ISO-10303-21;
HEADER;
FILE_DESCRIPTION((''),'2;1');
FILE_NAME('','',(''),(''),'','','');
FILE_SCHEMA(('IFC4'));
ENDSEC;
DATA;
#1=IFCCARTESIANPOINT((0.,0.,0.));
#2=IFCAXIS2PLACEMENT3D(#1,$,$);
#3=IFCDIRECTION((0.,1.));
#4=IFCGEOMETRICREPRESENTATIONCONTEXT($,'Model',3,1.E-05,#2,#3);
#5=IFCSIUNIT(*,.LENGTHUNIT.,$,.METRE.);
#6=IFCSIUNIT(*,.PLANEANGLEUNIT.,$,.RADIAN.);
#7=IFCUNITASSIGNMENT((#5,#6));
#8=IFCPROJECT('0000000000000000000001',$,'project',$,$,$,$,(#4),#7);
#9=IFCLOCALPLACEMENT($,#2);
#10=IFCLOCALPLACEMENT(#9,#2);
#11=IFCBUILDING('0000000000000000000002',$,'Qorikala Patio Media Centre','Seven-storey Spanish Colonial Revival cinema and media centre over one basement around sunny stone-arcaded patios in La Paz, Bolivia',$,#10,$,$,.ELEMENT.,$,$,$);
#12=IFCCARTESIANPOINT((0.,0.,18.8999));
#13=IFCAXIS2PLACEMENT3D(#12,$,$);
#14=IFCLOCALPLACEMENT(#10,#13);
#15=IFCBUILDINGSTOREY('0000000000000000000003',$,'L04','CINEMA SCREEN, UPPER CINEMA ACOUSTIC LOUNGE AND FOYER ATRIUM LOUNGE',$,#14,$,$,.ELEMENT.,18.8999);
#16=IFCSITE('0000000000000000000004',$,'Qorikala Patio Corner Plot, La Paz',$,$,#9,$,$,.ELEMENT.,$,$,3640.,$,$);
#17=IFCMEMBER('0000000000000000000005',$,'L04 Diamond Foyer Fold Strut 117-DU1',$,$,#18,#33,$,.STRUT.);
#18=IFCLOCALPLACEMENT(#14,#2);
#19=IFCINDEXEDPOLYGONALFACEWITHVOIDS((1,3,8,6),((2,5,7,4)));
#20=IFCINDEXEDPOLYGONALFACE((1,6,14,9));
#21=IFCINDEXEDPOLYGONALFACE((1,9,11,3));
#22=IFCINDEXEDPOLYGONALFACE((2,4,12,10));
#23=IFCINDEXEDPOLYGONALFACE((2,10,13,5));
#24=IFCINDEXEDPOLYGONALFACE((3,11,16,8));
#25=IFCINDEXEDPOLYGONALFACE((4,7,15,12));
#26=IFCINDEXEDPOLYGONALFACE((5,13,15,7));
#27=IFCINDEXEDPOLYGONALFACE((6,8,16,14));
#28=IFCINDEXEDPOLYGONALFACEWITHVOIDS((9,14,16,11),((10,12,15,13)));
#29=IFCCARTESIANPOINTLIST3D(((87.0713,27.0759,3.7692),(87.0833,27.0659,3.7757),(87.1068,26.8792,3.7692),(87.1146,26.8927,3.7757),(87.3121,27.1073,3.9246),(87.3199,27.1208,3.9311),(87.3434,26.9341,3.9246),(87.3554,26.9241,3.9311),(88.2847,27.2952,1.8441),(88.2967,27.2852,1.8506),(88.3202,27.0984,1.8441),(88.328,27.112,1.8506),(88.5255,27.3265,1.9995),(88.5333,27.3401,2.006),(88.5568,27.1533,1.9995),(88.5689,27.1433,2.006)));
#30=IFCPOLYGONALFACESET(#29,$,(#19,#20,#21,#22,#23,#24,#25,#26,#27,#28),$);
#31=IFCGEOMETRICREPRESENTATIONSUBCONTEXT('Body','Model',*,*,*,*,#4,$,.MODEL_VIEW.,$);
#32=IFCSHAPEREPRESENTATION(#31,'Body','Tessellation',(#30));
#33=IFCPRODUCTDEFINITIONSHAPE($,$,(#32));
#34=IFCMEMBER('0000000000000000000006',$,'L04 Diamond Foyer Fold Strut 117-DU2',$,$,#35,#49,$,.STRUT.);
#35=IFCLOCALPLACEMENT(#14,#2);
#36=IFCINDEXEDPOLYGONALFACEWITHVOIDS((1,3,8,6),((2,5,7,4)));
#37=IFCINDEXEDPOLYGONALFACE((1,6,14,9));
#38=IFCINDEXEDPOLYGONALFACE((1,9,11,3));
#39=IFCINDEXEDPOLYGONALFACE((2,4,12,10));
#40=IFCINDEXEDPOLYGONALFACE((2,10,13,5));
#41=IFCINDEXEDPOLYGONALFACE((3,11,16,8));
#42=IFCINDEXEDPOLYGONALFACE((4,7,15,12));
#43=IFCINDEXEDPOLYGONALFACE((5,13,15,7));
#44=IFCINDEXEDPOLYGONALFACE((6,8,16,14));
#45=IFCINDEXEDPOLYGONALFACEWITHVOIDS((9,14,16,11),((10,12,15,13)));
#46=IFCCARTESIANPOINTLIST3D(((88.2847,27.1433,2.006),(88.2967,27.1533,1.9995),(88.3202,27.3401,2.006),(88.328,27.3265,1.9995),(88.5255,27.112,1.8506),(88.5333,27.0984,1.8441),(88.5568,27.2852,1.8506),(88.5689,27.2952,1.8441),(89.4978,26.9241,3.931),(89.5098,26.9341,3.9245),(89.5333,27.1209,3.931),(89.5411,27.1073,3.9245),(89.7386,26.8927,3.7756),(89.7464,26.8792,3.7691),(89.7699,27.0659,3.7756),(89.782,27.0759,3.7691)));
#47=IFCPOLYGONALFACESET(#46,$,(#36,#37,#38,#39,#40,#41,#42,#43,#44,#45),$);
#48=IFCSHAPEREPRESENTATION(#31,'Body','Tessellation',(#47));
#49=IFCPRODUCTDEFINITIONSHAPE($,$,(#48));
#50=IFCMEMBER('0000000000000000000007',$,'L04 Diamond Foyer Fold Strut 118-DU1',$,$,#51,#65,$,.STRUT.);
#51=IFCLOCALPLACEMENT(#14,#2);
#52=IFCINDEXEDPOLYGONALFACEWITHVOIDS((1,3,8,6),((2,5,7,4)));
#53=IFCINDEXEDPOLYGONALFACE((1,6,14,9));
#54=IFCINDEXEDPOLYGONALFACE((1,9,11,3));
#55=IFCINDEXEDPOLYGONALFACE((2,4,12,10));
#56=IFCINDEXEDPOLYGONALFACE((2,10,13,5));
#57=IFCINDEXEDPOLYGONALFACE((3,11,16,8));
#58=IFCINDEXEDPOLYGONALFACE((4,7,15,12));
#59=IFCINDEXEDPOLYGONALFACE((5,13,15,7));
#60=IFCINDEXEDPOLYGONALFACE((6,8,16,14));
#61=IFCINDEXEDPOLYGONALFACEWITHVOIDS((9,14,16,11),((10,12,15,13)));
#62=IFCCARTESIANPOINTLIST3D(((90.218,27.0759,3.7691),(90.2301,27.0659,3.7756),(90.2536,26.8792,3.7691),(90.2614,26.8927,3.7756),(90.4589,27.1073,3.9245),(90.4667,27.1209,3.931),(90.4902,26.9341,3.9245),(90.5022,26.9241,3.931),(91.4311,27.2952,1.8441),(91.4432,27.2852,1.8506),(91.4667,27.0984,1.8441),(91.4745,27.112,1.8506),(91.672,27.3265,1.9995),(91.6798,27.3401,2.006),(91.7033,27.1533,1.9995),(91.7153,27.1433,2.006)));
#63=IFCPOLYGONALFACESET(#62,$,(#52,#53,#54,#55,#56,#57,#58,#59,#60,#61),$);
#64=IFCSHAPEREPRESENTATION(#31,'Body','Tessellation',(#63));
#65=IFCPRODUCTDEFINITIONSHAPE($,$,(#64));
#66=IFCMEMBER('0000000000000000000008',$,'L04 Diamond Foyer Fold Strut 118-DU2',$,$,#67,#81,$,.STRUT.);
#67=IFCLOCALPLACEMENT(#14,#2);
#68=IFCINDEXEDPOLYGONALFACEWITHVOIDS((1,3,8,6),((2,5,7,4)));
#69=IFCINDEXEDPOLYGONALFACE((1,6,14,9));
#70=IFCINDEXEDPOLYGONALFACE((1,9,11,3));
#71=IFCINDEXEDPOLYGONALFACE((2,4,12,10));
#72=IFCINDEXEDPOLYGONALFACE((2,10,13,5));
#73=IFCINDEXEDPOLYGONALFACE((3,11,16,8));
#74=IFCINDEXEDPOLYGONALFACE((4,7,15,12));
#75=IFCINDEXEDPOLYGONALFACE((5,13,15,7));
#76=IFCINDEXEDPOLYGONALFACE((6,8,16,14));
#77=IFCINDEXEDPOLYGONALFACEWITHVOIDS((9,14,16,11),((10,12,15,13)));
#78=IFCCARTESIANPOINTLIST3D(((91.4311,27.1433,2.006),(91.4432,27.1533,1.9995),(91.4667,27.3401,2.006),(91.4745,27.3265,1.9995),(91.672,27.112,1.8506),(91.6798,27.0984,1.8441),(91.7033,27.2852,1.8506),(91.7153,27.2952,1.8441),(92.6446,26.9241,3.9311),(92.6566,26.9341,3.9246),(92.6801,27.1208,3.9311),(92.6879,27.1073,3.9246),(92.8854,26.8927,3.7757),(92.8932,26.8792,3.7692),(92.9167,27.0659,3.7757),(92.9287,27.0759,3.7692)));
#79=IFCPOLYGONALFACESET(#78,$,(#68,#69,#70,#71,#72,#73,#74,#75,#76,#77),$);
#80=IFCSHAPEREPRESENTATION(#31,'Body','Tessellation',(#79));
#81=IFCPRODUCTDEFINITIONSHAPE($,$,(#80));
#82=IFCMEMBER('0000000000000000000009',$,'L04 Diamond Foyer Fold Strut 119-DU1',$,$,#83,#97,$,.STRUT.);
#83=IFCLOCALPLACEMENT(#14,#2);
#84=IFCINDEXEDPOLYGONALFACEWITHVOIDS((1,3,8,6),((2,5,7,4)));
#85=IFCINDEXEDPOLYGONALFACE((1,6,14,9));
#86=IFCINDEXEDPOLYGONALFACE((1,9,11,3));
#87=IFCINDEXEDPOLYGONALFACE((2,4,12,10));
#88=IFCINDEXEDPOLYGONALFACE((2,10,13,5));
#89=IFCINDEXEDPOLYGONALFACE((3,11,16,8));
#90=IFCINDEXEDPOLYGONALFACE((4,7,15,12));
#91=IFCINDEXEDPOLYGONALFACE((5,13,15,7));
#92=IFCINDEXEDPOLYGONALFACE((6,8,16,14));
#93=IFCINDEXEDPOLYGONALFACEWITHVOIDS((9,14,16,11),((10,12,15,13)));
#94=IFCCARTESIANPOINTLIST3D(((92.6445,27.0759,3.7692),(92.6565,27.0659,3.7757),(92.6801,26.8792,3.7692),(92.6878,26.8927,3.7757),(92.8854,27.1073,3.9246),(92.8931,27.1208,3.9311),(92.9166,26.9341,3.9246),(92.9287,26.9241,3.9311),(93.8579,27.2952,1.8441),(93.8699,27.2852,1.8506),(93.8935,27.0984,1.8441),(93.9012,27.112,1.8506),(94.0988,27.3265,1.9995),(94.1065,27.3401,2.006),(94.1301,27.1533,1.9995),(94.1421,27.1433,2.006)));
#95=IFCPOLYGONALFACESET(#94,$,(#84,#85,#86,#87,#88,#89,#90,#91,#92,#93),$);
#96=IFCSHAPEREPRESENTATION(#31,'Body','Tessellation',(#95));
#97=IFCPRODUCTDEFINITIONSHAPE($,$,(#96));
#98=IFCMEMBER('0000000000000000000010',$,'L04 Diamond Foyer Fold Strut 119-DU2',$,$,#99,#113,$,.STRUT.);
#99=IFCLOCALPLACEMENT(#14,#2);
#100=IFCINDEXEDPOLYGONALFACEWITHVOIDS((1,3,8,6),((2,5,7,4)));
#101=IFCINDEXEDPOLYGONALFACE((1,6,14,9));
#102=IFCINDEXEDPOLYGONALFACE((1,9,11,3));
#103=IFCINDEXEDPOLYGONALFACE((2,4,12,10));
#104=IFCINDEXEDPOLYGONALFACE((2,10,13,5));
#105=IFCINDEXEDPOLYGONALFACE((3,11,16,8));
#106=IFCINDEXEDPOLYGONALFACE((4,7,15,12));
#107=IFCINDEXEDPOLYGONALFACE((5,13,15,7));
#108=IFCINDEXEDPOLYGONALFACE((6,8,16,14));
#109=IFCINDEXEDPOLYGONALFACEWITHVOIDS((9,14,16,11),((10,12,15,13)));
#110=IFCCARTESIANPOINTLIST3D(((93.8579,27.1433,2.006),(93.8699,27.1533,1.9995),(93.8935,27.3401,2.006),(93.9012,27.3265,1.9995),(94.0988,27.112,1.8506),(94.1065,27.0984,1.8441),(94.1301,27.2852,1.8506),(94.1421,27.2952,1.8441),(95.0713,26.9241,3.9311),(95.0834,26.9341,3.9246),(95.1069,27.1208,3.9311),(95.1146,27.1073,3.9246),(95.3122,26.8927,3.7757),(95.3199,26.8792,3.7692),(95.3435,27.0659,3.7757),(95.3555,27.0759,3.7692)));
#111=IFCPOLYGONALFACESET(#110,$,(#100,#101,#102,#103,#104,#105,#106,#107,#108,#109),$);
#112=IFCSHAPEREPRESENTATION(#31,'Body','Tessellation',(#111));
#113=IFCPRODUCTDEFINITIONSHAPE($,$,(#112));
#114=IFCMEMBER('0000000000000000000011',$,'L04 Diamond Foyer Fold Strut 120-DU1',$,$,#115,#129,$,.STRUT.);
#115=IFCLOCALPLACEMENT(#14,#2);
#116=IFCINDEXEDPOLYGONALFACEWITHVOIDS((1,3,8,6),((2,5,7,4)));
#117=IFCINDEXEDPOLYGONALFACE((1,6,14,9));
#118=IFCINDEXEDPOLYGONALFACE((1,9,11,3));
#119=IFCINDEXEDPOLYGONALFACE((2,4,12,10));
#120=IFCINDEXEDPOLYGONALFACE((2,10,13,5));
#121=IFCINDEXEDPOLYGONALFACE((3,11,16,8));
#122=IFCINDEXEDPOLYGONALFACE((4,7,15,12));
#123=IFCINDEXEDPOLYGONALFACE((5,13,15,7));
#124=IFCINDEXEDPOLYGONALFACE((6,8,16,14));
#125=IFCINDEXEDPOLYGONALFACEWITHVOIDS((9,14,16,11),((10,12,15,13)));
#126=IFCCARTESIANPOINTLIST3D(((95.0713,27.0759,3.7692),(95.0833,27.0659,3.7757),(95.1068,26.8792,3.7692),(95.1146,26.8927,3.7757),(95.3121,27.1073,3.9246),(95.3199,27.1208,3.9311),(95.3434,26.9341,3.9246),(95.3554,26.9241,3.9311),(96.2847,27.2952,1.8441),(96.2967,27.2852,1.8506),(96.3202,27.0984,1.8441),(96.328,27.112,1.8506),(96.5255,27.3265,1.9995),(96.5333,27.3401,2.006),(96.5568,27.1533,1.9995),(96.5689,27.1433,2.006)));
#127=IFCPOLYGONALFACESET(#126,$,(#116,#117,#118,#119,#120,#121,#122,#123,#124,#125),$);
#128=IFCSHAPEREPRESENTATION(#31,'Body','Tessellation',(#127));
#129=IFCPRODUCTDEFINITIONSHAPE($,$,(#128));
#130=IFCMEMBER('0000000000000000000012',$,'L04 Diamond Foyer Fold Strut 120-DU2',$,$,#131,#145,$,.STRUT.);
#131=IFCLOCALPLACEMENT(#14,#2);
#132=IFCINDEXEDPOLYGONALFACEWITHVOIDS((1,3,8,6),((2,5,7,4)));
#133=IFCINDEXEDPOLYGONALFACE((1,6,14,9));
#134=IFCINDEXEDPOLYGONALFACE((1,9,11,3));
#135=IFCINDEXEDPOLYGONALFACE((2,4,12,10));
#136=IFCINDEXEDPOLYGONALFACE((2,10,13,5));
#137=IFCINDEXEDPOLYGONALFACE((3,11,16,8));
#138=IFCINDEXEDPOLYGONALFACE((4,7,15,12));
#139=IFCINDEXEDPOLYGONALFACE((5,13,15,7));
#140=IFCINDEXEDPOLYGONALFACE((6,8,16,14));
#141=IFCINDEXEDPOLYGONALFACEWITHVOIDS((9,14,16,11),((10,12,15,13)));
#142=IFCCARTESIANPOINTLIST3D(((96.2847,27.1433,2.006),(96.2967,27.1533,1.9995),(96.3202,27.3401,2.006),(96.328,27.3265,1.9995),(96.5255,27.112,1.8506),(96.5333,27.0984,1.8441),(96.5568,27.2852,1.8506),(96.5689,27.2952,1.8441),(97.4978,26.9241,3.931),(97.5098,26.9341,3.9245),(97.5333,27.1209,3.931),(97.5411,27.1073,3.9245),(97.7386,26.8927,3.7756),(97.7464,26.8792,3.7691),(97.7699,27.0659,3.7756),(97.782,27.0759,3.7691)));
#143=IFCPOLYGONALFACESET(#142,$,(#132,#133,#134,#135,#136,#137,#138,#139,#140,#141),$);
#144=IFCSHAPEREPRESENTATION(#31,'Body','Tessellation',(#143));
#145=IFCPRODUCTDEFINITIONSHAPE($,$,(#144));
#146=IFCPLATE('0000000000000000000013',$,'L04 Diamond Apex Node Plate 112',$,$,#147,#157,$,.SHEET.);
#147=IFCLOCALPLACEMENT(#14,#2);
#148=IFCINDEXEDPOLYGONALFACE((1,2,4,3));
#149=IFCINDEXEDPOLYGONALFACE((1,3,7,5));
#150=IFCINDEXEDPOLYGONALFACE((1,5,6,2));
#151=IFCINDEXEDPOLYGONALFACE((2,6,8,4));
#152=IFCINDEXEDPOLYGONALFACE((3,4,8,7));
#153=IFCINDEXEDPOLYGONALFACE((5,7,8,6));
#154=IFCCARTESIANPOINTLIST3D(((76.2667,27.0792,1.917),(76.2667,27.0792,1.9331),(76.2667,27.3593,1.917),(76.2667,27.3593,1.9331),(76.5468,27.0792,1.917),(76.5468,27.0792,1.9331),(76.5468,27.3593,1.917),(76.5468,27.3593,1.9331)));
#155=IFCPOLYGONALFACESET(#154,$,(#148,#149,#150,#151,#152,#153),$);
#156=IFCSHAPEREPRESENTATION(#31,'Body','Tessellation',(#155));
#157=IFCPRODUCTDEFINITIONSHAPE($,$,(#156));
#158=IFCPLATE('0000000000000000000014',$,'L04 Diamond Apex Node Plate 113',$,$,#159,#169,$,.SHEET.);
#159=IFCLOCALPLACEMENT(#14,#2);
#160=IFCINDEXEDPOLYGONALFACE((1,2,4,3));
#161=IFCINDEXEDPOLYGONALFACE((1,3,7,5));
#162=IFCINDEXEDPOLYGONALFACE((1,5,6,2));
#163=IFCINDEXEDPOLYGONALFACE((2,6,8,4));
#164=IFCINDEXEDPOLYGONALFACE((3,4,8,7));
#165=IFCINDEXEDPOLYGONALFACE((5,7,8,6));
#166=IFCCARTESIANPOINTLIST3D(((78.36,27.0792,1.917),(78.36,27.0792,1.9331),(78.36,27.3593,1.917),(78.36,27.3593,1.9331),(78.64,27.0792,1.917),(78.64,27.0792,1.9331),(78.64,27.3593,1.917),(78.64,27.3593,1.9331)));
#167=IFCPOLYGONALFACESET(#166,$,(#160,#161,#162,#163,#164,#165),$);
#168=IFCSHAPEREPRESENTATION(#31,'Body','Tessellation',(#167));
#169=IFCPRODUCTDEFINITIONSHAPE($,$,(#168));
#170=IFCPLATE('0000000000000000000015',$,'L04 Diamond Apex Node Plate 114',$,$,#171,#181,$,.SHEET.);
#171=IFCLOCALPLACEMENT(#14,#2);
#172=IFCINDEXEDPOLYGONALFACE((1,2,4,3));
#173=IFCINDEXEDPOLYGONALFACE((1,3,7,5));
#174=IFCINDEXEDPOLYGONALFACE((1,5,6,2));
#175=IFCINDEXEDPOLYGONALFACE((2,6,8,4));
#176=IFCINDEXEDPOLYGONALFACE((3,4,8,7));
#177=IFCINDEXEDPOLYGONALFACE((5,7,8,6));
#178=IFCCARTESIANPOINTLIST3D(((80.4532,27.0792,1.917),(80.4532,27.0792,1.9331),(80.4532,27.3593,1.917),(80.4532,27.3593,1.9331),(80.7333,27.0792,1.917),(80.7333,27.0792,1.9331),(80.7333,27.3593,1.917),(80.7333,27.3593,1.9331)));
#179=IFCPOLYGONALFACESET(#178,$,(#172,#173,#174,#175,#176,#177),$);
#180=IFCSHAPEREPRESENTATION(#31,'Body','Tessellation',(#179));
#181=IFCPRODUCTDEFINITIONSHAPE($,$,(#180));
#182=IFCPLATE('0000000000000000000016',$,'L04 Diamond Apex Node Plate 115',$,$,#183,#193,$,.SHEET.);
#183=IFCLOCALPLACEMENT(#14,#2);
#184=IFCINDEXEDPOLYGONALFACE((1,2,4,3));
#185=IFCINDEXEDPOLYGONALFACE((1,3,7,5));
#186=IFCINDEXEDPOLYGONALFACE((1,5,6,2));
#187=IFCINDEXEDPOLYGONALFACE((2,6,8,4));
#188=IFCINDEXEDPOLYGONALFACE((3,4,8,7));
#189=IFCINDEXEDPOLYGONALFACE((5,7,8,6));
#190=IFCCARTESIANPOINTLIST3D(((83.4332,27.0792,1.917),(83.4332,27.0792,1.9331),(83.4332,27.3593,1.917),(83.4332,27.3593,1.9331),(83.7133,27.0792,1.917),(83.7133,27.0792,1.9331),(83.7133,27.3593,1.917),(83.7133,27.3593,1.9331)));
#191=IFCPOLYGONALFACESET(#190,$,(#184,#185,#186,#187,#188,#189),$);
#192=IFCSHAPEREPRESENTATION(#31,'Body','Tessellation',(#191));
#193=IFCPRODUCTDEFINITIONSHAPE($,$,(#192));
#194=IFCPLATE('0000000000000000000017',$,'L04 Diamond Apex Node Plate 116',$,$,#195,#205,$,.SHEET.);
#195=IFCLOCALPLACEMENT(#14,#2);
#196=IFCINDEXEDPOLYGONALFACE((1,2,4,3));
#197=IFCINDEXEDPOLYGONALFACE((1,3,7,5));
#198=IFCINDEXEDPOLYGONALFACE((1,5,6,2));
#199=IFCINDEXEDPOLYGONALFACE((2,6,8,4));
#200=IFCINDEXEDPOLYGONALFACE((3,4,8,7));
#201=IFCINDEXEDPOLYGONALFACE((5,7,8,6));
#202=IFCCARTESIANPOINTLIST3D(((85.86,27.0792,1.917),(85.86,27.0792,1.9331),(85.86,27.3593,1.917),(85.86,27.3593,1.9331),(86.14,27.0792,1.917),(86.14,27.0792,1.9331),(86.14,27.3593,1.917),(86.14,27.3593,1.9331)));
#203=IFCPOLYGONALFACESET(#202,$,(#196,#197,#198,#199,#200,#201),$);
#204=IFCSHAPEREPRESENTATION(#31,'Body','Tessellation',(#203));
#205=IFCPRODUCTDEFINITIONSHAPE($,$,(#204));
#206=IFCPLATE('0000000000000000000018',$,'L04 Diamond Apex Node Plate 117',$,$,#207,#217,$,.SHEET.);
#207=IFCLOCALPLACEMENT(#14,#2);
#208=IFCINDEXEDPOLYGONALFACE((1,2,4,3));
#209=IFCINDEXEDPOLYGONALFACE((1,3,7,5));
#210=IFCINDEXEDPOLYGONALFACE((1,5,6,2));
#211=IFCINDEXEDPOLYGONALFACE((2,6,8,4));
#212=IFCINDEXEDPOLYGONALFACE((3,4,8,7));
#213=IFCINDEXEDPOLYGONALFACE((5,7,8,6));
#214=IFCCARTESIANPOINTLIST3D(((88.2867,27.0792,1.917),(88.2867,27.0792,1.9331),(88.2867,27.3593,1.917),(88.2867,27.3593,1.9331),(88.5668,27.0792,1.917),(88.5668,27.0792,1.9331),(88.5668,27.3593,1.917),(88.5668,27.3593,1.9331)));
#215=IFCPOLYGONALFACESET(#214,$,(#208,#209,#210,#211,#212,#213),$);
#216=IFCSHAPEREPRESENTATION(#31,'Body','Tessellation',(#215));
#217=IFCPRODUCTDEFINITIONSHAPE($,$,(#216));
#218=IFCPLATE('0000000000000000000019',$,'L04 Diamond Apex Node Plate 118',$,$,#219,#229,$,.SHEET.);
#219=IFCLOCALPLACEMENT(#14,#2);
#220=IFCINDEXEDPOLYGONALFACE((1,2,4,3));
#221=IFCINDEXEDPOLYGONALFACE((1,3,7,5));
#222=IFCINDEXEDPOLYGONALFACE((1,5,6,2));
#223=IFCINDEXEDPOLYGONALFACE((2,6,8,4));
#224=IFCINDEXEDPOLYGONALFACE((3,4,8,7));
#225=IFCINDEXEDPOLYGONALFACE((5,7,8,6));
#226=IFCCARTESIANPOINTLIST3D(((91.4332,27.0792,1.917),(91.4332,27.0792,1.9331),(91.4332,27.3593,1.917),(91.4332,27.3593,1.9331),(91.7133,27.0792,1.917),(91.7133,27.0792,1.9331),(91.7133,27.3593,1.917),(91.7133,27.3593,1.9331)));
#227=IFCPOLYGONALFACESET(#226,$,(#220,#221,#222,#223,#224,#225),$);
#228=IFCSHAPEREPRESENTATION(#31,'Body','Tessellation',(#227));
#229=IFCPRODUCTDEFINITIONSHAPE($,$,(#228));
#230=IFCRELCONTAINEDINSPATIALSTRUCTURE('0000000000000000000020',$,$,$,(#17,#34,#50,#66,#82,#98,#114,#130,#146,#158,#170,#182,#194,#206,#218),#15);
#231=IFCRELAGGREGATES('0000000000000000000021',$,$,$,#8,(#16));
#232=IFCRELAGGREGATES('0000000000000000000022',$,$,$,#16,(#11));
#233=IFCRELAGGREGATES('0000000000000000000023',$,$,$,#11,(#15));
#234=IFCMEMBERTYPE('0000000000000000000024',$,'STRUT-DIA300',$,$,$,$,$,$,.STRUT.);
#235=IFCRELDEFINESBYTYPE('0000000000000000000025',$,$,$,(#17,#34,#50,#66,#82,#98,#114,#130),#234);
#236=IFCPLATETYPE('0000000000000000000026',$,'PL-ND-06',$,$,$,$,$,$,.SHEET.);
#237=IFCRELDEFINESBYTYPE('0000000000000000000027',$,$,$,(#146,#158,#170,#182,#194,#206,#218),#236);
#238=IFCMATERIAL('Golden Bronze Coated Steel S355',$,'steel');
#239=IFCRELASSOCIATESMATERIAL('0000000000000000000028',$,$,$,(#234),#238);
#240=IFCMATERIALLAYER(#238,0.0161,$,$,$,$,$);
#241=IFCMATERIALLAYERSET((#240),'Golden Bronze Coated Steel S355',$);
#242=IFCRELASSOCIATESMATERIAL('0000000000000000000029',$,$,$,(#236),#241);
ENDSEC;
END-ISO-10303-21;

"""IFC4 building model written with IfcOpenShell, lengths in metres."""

from ifc_helpers import new_model, si_unit, direction, frame, origin, origin_2d, place, context, subcontext, project, spatial, rectangle, hollow_rectangle, extrude, material, layer, layer_set, material_profile, profile_set, type_object, element, save


model = new_model("IFC4")

# Units and contexts
model_context = context("Model", 3, precision=1e-05, world=origin(), true_north=direction((0.0, 1.0)))
body_context = subcontext(model_context, "Body", "Model", "MODEL_VIEW")
ifc_project = project(units=[si_unit("LENGTHUNIT", "METRE"), si_unit("PLANEANGLEUNIT", "RADIAN")], contexts=[model_context])

# Site, building, storey
site_placement = place(None, origin())
site = spatial("IfcSite", under=ifc_project, at=site_placement, Name="Qorikala Patio Corner Plot, La Paz", CompositionType="ELEMENT", RefElevation=3640.0)
building_placement = place(site_placement, origin())
building = spatial("IfcBuilding", under=site, at=building_placement, Name="Qorikala Patio Media Centre", Description="Seven-storey Spanish Colonial Revival cinema and media centre over one basement around sunny stone-arcaded patios in La Paz, Bolivia", CompositionType="ELEMENT")
storey_placement = place(building_placement, frame((0.0, 0.0, 18.8999)))
storey = spatial("IfcBuildingStorey", under=building, at=storey_placement, Name="L04", Description="CINEMA SCREEN, UPPER CINEMA ACOUSTIC LOUNGE AND FOYER ATRIUM LOUNGE", CompositionType="ELEMENT", Elevation=18.8999)

# Members
ifc_material_1 = material(Name="Golden Bronze Coated Steel S355", Category="steel")
ifc_material_profile_1 = material_profile(ifc_material_1, hollow_rectangle(XDim=0.2, YDim=0.3, WallThickness=0.012, at=origin_2d()), Name="HSS300X200X12")
ifc_profile_set_1 = profile_set([ifc_material_profile_1], Name="Golden Bronze Coated Steel S355")
member_type = type_object("IfcMemberType", Name="STRUT-DIA300", PredefinedType="STRUT", material=ifc_profile_set_1)
for number, where, z_axis, x_axis, name in (
    (1, (88.4268, 27.2192, 1.925), (-0.530768, -0.095901, 0.842074), (0.177805, -0.984066, 0.0), "L04 Diamond Foyer Fold Strut 117-DU1"),
):
    element("IfcMember", number, at=place(storey_placement, frame(where, z_axis=z_axis, x_axis=x_axis)), inside=storey, type_object=member_type, Name=name, PredefinedType="STRUT", context=body_context, shape_type="SweptSolid", body=[
        extrude(hollow_rectangle(XDim=0.2, YDim=0.3, WallThickness=0.012, at=origin_2d()), origin(), (0.0, 0.0, 1.0), 2.2861),
    ])
for number, where, z_axis, x_axis, name in (
    (2, (88.4268, 27.2192, 1.925), (0.530691, -0.095907, 0.842121), (0.17784, 0.984059, 0.0), "L04 Diamond Foyer Fold Strut 117-DU2"),
    (3, (91.5732, 27.2192, 1.925), (-0.530691, -0.095907, 0.842121), (0.17784, -0.984059, 0.0), "L04 Diamond Foyer Fold Strut 118-DU1"),
):
    element("IfcMember", number, at=place(storey_placement, frame(where, z_axis=z_axis, x_axis=x_axis)), inside=storey, type_object=member_type, Name=name, PredefinedType="STRUT", context=body_context, shape_type="SweptSolid", body=[
        extrude(hollow_rectangle(XDim=0.2, YDim=0.3, WallThickness=0.012, at=origin_2d()), origin(), (0.0, 0.0, 1.0), 2.2859),
    ])
for number, where, z_axis, x_axis, name in (
    (4, (91.5732, 27.2192, 1.925), (0.530768, -0.095901, 0.842074), (0.177805, 0.984066, 0.0), "L04 Diamond Foyer Fold Strut 118-DU2"),
    (5, (94.0, 27.2192, 1.925), (-0.530768, -0.095901, 0.842074), (0.177805, -0.984066, 0.0), "L04 Diamond Foyer Fold Strut 119-DU1"),
    (6, (94.0, 27.2192, 1.925), (0.530768, -0.095901, 0.842074), (0.177805, 0.984066, 0.0), "L04 Diamond Foyer Fold Strut 119-DU2"),
    (7, (96.4268, 27.2192, 1.925), (-0.530768, -0.095901, 0.842074), (0.177805, -0.984066, 0.0), "L04 Diamond Foyer Fold Strut 120-DU1"),
):
    element("IfcMember", number, at=place(storey_placement, frame(where, z_axis=z_axis, x_axis=x_axis)), inside=storey, type_object=member_type, Name=name, PredefinedType="STRUT", context=body_context, shape_type="SweptSolid", body=[
        extrude(hollow_rectangle(XDim=0.2, YDim=0.3, WallThickness=0.012, at=origin_2d()), origin(), (0.0, 0.0, 1.0), 2.2861),
    ])
member_1_placement = place(storey_placement, frame((96.4268, 27.2192, 1.925), z_axis=(0.530691, -0.095907, 0.842121), x_axis=(0.17784, 0.984059, 0.0)))
element("IfcMember", 8, at=member_1_placement, inside=storey, type_object=member_type, Name="L04 Diamond Foyer Fold Strut 120-DU2", PredefinedType="STRUT", context=body_context, shape_type="SweptSolid", body=[
    extrude(hollow_rectangle(XDim=0.2, YDim=0.3, WallThickness=0.012, at=origin_2d()), origin(), (0.0, 0.0, 1.0), 2.2859),
])

# Plates
ifc_layer = layer(ifc_material_1, 0.0161)
ifc_layer_set = layer_set([ifc_layer], Name="Golden Bronze Coated Steel S355")
plate_type = type_object("IfcPlateType", Name="PL-ND-06", PredefinedType="SHEET", material=ifc_layer_set)
for number, where, z_axis, x_axis, name in (
    (9, (76.4067, 27.2192, 1.917), (0.0, 0.0, 1.0), (1.0, 0.0, 0.0), "L04 Diamond Apex Node Plate 112"),
    (10, (78.5, 27.2192, 1.917), (0.0, 0.0, 1.0), (1.0, 0.0, 0.0), "L04 Diamond Apex Node Plate 113"),
    (11, (80.5933, 27.2192, 1.917), (0.0, 0.0, 1.0), (1.0, 0.0, 0.0), "L04 Diamond Apex Node Plate 114"),
    (12, (83.5732, 27.2192, 1.917), (0.0, 0.0, 1.0), (1.0, 0.0, 0.0), "L04 Diamond Apex Node Plate 115"),
    (13, (86.0, 27.2192, 1.917), (0.0, 0.0, 1.0), (1.0, 0.0, 0.0), "L04 Diamond Apex Node Plate 116"),
    (14, (88.4268, 27.2192, 1.917), (0.0, 0.0, 1.0), (1.0, 0.0, 0.0), "L04 Diamond Apex Node Plate 117"),
    (15, (91.5732, 27.2192, 1.917), (0.0, 0.0, 1.0), (1.0, 0.0, 0.0), "L04 Diamond Apex Node Plate 118"),
):
    element("IfcPlate", number, at=place(storey_placement, frame(where, z_axis=z_axis, x_axis=x_axis)), inside=storey, type_object=plate_type, Name=name, PredefinedType="SHEET", context=body_context, shape_type="SweptSolid", body=[
        extrude(rectangle(XDim=0.28, YDim=0.28, at=origin_2d()), origin(), (0.0, 0.0, 1.0), 0.0161),
    ])

save(model, "model.ifc")
